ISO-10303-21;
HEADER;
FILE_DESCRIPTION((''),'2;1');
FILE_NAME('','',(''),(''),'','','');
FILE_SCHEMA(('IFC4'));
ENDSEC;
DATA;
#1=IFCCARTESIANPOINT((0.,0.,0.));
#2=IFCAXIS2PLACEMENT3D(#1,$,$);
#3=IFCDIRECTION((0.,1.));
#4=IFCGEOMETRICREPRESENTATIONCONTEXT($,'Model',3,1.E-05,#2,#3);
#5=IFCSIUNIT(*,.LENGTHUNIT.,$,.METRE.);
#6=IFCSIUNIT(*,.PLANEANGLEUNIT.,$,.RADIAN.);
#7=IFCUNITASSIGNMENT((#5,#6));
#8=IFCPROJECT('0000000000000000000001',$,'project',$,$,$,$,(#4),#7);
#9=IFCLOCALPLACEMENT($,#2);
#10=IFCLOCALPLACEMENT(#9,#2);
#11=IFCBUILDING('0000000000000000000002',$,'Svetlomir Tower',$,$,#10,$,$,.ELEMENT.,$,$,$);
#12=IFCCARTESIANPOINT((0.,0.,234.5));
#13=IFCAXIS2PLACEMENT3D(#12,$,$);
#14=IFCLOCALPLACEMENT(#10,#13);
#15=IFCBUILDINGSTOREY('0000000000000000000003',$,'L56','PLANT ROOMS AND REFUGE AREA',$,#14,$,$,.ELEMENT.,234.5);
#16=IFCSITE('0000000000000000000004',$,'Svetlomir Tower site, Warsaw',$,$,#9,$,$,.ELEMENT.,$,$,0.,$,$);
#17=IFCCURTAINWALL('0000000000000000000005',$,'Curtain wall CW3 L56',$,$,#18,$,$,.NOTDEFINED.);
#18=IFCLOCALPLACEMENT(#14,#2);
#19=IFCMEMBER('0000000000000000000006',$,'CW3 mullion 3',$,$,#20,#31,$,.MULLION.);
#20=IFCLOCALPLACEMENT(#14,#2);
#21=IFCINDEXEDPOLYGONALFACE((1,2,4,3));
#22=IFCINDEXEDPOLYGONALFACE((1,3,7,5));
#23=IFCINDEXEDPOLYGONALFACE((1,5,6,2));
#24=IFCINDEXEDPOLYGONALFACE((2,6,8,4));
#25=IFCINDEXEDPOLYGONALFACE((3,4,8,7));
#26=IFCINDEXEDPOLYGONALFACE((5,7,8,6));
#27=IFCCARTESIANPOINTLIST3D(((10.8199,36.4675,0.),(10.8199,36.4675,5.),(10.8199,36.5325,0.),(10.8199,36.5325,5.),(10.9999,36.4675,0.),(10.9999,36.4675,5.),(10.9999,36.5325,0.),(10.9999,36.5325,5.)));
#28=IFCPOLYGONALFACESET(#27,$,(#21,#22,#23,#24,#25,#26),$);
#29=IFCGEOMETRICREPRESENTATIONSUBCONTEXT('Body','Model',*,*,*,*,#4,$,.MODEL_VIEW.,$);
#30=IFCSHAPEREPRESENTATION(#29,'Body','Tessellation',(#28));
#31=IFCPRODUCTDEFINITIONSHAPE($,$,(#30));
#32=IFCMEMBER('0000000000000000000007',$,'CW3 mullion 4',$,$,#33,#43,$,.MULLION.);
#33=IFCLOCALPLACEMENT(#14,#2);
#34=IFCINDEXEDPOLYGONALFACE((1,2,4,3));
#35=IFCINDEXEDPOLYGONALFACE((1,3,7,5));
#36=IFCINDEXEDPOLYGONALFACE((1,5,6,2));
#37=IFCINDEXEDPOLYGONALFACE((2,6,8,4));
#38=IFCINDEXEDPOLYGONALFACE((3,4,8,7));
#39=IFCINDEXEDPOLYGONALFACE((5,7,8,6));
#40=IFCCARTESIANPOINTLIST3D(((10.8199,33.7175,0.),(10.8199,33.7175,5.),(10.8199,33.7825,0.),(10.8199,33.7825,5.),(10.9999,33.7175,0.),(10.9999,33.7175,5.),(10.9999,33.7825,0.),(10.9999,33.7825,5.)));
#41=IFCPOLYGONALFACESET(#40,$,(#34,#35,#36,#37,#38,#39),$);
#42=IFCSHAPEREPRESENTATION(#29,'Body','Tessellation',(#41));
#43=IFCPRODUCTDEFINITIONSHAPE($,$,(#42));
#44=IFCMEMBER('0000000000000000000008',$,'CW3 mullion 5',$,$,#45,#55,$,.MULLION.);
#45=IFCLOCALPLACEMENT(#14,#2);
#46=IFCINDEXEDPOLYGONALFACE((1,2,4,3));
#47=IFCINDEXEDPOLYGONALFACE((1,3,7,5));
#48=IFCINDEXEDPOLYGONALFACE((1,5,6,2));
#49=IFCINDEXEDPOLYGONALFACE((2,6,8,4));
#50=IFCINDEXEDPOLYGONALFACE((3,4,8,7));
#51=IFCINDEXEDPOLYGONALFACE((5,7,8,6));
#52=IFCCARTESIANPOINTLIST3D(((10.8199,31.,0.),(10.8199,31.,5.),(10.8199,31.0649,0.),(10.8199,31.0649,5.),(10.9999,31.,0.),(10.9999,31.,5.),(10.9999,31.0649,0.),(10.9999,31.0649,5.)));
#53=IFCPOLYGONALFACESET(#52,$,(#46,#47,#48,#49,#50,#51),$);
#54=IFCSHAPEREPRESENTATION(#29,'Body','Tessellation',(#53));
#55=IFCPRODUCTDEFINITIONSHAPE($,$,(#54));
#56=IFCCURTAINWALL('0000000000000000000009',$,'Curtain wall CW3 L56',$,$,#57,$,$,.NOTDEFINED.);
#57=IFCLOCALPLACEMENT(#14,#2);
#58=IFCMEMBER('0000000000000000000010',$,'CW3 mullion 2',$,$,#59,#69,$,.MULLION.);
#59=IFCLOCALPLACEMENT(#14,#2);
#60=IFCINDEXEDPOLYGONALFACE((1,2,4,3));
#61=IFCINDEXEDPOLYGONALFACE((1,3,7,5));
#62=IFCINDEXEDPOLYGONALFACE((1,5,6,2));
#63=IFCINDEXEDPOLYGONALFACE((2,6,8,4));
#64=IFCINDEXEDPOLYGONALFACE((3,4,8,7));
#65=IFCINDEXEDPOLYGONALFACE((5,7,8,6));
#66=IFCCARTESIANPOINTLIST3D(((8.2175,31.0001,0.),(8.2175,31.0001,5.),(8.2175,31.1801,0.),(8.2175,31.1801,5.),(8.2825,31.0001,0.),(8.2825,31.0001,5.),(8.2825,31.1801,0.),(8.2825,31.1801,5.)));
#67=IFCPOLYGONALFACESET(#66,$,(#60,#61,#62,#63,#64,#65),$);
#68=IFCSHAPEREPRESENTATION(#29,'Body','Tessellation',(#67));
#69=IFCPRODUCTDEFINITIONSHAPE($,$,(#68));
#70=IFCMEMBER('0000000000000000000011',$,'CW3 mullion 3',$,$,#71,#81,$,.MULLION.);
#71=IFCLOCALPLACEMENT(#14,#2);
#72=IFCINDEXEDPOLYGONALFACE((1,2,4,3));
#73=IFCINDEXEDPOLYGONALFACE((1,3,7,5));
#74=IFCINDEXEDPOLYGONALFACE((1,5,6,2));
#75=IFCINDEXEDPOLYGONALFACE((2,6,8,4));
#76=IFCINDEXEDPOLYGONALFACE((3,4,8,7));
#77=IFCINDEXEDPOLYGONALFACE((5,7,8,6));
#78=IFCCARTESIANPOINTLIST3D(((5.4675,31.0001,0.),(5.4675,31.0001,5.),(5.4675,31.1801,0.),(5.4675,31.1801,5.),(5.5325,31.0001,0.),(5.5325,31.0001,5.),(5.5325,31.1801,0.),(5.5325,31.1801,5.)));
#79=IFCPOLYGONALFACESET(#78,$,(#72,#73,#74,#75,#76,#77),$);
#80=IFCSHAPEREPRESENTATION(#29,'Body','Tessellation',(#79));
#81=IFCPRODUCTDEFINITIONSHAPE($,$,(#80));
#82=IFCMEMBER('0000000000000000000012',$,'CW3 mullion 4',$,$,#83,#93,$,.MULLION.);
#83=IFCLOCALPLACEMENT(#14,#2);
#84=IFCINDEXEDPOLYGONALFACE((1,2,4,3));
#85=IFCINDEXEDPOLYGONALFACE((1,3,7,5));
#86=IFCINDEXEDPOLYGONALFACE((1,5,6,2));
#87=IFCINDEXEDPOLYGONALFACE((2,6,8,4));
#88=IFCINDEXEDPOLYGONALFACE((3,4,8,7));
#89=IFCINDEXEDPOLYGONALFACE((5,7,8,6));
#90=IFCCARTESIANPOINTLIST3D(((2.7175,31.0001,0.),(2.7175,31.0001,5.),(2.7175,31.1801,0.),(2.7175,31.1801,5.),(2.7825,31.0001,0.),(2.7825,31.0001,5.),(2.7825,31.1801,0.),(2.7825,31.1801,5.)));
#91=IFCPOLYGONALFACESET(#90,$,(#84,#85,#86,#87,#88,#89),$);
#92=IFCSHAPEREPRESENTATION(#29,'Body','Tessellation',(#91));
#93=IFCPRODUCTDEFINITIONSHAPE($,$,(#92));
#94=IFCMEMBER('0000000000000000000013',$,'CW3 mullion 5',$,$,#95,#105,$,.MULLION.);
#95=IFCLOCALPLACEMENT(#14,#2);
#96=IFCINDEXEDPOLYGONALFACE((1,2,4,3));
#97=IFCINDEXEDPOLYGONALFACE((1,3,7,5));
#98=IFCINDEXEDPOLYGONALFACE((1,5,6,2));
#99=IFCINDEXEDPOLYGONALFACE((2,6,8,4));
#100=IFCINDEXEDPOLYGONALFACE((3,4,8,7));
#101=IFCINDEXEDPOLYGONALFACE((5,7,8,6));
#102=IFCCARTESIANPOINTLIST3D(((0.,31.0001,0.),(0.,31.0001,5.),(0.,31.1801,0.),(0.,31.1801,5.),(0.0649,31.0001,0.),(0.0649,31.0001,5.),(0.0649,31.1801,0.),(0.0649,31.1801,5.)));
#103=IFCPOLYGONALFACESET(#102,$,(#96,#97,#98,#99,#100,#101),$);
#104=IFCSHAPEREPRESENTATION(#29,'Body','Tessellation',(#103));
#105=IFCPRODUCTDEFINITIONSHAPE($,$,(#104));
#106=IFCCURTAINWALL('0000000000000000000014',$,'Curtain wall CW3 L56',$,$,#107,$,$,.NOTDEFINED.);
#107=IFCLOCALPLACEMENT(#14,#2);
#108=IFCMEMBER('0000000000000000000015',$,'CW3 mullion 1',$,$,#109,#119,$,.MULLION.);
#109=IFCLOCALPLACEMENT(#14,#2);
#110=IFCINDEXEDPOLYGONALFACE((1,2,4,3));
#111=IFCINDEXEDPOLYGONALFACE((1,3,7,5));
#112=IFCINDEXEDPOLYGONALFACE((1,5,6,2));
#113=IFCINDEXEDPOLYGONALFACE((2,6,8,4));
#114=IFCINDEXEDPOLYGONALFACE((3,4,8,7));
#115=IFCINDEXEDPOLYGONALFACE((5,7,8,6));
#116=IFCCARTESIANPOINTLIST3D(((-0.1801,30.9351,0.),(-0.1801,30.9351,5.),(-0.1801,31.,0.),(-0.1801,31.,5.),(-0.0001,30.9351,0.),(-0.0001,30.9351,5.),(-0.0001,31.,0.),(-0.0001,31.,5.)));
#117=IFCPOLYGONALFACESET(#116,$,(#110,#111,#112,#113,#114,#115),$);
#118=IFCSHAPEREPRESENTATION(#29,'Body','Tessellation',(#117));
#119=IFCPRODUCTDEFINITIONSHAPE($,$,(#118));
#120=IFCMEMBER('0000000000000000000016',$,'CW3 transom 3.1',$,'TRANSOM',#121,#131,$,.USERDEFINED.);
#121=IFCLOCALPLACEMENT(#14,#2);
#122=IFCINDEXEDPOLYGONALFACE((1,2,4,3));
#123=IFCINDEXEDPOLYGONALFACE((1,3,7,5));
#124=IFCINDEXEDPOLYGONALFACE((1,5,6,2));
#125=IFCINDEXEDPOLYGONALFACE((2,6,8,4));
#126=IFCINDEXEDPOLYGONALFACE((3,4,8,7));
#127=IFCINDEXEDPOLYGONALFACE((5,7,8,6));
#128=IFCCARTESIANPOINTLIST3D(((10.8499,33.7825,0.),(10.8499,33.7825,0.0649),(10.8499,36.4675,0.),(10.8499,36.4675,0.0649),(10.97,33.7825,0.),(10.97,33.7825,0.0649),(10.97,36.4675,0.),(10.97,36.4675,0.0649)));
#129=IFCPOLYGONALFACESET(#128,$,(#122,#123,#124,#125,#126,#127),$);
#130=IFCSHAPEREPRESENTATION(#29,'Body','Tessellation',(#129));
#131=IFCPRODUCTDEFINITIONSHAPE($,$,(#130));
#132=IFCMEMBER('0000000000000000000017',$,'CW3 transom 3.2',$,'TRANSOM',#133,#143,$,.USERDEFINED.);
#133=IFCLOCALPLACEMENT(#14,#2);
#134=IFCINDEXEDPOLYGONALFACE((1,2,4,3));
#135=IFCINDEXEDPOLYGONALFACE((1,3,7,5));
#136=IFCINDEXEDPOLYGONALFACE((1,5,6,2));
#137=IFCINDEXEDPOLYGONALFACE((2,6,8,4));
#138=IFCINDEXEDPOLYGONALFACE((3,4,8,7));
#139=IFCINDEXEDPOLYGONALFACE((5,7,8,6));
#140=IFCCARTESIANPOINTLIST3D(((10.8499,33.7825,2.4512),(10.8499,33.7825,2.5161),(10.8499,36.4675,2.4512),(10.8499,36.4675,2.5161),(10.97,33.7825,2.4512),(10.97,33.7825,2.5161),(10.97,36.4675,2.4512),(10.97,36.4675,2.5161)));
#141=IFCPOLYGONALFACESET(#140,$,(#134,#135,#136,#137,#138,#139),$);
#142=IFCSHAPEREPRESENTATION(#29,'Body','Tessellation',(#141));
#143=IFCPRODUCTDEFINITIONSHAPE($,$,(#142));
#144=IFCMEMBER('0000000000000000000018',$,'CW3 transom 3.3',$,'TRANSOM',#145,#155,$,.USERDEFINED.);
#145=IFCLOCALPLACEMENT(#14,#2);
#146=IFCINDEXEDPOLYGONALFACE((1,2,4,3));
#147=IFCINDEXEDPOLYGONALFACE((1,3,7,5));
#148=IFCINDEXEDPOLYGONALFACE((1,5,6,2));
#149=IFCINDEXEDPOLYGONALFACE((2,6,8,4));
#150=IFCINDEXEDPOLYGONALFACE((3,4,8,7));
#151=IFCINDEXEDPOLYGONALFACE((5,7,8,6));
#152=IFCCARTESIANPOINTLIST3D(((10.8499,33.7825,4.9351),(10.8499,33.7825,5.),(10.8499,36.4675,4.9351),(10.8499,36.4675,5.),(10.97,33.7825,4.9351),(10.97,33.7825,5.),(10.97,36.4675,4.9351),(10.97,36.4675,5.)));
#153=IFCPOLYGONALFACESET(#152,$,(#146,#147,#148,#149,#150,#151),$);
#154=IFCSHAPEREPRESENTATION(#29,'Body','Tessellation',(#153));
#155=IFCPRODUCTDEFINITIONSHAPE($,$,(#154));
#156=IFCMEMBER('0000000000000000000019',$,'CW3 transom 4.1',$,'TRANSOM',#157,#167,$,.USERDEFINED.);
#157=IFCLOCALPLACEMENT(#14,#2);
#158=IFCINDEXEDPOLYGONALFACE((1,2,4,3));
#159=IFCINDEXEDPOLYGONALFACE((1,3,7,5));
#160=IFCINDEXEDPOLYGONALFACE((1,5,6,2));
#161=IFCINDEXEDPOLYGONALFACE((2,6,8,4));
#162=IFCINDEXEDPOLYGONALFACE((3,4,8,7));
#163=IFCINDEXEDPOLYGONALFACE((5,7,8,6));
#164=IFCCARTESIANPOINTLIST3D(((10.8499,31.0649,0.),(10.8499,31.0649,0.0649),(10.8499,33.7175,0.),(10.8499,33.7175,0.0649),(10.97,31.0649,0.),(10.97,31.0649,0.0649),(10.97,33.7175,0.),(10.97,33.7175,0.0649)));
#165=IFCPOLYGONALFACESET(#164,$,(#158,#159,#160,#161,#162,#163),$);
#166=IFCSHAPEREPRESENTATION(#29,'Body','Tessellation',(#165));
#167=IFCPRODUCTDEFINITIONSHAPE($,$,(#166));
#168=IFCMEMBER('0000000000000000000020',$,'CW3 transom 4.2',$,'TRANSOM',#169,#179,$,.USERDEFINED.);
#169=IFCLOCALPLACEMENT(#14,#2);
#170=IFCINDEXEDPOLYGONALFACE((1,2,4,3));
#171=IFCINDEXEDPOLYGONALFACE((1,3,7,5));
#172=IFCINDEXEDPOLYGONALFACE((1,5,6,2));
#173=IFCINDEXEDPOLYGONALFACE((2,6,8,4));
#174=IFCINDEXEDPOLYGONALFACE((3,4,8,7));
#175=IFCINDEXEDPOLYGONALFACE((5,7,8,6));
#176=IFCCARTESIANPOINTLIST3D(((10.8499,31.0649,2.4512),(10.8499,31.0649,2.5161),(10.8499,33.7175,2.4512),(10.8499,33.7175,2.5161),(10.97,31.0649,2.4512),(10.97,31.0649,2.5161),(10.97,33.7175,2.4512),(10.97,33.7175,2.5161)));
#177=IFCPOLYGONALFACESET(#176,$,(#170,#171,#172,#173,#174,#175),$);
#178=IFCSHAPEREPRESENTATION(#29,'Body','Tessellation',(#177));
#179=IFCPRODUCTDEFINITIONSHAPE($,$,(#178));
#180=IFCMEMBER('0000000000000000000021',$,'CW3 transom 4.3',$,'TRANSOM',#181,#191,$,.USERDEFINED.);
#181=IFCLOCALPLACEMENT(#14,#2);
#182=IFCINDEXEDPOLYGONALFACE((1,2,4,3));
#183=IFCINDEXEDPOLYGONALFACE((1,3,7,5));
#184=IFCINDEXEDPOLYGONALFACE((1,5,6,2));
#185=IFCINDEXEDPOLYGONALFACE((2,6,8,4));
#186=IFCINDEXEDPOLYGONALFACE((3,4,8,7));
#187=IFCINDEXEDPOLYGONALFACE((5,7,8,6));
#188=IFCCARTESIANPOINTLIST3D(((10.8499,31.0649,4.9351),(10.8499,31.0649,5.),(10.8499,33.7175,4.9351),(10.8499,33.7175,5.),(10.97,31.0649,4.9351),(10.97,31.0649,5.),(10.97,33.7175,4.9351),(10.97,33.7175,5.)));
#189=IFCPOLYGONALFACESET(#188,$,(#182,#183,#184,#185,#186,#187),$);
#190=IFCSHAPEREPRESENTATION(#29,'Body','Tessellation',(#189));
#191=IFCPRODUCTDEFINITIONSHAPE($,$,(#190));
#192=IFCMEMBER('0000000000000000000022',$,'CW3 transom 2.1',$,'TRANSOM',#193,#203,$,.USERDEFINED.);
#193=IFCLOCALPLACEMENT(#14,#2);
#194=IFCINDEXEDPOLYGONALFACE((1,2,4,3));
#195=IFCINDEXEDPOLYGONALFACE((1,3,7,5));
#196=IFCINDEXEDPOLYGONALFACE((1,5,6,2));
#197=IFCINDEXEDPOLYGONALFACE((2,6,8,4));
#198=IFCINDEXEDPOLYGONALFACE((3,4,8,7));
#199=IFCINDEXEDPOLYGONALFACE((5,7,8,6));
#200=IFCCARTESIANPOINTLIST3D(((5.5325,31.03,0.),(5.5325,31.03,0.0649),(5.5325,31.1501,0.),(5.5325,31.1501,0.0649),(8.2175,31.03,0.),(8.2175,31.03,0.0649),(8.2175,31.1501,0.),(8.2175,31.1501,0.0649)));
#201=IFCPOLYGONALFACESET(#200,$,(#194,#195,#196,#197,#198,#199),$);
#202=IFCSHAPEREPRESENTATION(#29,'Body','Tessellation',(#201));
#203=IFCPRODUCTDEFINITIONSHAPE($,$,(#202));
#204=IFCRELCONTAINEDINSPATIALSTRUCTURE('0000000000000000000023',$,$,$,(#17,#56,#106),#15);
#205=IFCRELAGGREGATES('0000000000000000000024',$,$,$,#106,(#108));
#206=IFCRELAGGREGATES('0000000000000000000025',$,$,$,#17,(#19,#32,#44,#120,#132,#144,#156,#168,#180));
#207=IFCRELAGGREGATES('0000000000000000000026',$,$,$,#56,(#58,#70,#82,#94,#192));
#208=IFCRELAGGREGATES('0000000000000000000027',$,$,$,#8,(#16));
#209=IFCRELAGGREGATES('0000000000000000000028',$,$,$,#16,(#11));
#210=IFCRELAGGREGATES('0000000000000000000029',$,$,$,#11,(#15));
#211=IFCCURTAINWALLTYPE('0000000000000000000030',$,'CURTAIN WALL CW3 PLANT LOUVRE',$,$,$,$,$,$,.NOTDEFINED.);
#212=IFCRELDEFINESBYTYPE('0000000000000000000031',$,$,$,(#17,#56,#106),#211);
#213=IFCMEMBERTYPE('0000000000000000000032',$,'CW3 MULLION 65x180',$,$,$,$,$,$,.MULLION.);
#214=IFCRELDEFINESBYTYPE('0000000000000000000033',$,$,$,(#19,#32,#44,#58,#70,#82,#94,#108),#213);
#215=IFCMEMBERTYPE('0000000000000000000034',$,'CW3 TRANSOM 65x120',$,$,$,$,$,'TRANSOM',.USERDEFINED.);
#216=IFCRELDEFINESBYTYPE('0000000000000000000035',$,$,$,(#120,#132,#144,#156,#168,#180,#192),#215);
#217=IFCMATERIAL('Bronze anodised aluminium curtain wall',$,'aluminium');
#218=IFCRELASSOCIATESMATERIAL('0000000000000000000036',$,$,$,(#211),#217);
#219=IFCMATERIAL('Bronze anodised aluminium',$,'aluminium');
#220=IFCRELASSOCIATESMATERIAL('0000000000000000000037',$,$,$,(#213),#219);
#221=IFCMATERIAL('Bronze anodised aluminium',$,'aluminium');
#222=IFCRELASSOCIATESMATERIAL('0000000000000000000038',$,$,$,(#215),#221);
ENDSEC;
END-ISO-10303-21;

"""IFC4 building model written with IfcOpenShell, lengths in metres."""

from ifc_helpers import new_model, si_unit, direction, frame, origin, origin_2d, place, context, subcontext, project, spatial, rectangle, extrude, material, material_profile, profile_set, type_object, element, aggregate, save


model = new_model("IFC4")

# Units and contexts
model_context = context("Model", 3, precision=1e-05, world=origin(), true_north=direction((0.0, 1.0)))
body_context = subcontext(model_context, "Body", "Model", "MODEL_VIEW")
ifc_project = project(units=[si_unit("LENGTHUNIT", "METRE"), si_unit("PLANEANGLEUNIT", "RADIAN")], contexts=[model_context])

# Site, building, storey
site_placement = place(None, origin())
site = spatial("IfcSite", under=ifc_project, at=site_placement, Name="Svetlomir Tower site, Warsaw", CompositionType="ELEMENT", RefElevation=0.0)
building_placement = place(site_placement, origin())
building = spatial("IfcBuilding", under=site, at=building_placement, Name="Svetlomir Tower", CompositionType="ELEMENT")
storey_placement = place(building_placement, frame((0.0, 0.0, 234.5)))
storey = spatial("IfcBuildingStorey", under=building, at=storey_placement, Name="L56", Description="PLANT ROOMS AND REFUGE AREA", CompositionType="ELEMENT", Elevation=234.5)

# Curtain walls, members
ifc_material_1 = material(Name="Bronze anodised aluminium curtain wall", Category="aluminium")
curtain_wall_type = type_object("IfcCurtainWallType", Name="CURTAIN WALL CW3 PLANT LOUVRE", PredefinedType="NOTDEFINED", material=ifc_material_1)
curtain_wall_1_placement = place(storey_placement, origin())
curtain_wall_1 = element("IfcCurtainWall", 1, at=curtain_wall_1_placement, inside=storey, type_object=curtain_wall_type, Name="Curtain wall CW3 L56", PredefinedType="NOTDEFINED")
ifc_material_2 = material(Name="Bronze anodised aluminium", Category="aluminium")
ifc_material_profile_1 = material_profile(ifc_material_2, rectangle(XDim=0.0649, YDim=0.1799, at=origin_2d()), Name="AL 65x180")
ifc_profile_set_1 = profile_set([ifc_material_profile_1], Name="Bronze anodised aluminium 6063-T6")
member_type_1 = type_object("IfcMemberType", Name="CW3 MULLION 65x180", PredefinedType="MULLION", material=ifc_profile_set_1)
member_1_placement = place(storey_placement, frame((10.9099, 36.5, 0.0), z_axis=(0.0, 0.0, 1.0), x_axis=(0.0, -1.0, 0.0)))
member_1 = element("IfcMember", 2, at=member_1_placement, type_object=member_type_1, Name="CW3 mullion 3", PredefinedType="MULLION", context=body_context, shape_type="SweptSolid", body=[
    extrude(rectangle(XDim=0.0649, YDim=0.1799, at=origin_2d()), origin(), (0.0, 0.0, 1.0), 5.0),
])
member_2_placement = place(storey_placement, frame((10.9099, 33.75, 0.0), z_axis=(0.0, 0.0, 1.0), x_axis=(0.0, -1.0, 0.0)))
member_2 = element("IfcMember", 3, at=member_2_placement, type_object=member_type_1, Name="CW3 mullion 4", PredefinedType="MULLION", context=body_context, shape_type="SweptSolid", body=[
    extrude(rectangle(XDim=0.0649, YDim=0.1799, at=origin_2d()), origin(), (0.0, 0.0, 1.0), 5.0),
])
member_3_placement = place(storey_placement, frame((10.9099, 31.0325, 0.0), z_axis=(0.0, 0.0, 1.0), x_axis=(0.0, -1.0, 0.0)))
member_3 = element("IfcMember", 4, at=member_3_placement, type_object=member_type_1, Name="CW3 mullion 5", PredefinedType="MULLION", context=body_context, shape_type="SweptSolid", body=[
    extrude(rectangle(XDim=0.0649, YDim=0.1799, at=origin_2d()), origin(), (0.0, 0.0, 1.0), 5.0),
])
curtain_wall_2_placement = place(storey_placement, origin())
curtain_wall_2 = element("IfcCurtainWall", 5, at=curtain_wall_2_placement, inside=storey, type_object=curtain_wall_type, Name="Curtain wall CW3 L56", PredefinedType="NOTDEFINED")
member_4_placement = place(storey_placement, frame((8.25, 31.0901, 0.0), z_axis=(0.0, 0.0, 1.0), x_axis=(-1.0, 0.0, 0.0)))
member_4 = element("IfcMember", 6, at=member_4_placement, type_object=member_type_1, Name="CW3 mullion 2", PredefinedType="MULLION", context=body_context, shape_type="SweptSolid", body=[
    extrude(rectangle(XDim=0.0649, YDim=0.1799, at=origin_2d()), origin(), (0.0, 0.0, 1.0), 5.0),
])
member_5_placement = place(storey_placement, frame((5.5, 31.0901, 0.0), z_axis=(0.0, 0.0, 1.0), x_axis=(-1.0, 0.0, 0.0)))
member_5 = element("IfcMember", 7, at=member_5_placement, type_object=member_type_1, Name="CW3 mullion 3", PredefinedType="MULLION", context=body_context, shape_type="SweptSolid", body=[
    extrude(rectangle(XDim=0.0649, YDim=0.1799, at=origin_2d()), origin(), (0.0, 0.0, 1.0), 5.0),
])
member_6_placement = place(storey_placement, frame((2.75, 31.0901, 0.0), z_axis=(0.0, 0.0, 1.0), x_axis=(-1.0, 0.0, 0.0)))
member_6 = element("IfcMember", 8, at=member_6_placement, type_object=member_type_1, Name="CW3 mullion 4", PredefinedType="MULLION", context=body_context, shape_type="SweptSolid", body=[
    extrude(rectangle(XDim=0.0649, YDim=0.1799, at=origin_2d()), origin(), (0.0, 0.0, 1.0), 5.0),
])
member_7_placement = place(storey_placement, frame((0.0325, 31.0901, 0.0), z_axis=(0.0, 0.0, 1.0), x_axis=(-1.0, 0.0, 0.0)))
member_7 = element("IfcMember", 9, at=member_7_placement, type_object=member_type_1, Name="CW3 mullion 5", PredefinedType="MULLION", context=body_context, shape_type="SweptSolid", body=[
    extrude(rectangle(XDim=0.0649, YDim=0.1799, at=origin_2d()), origin(), (0.0, 0.0, 1.0), 5.0),
])

# Curtain wall, member
curtain_wall_3_placement = place(storey_placement, origin())
curtain_wall_3 = element("IfcCurtainWall", 10, at=curtain_wall_3_placement, inside=storey, type_object=curtain_wall_type, Name="Curtain wall CW3 L56", PredefinedType="NOTDEFINED")
member_8_placement = place(storey_placement, frame((-0.0901, 30.9675, 0.0), z_axis=(0.0, 0.0, 1.0), x_axis=(0.0, -1.0, 0.0)))
member_8 = element("IfcMember", 11, at=member_8_placement, type_object=member_type_1, Name="CW3 mullion 1", PredefinedType="MULLION", context=body_context, shape_type="SweptSolid", body=[
    extrude(rectangle(XDim=0.0649, YDim=0.1799, at=origin_2d()), origin(), (0.0, 0.0, 1.0), 5.0),
])
aggregate(curtain_wall_3, [member_8])

# Members
ifc_material_3 = material(Name="Bronze anodised aluminium", Category="aluminium")
ifc_material_profile_2 = material_profile(ifc_material_3, rectangle(XDim=0.1201, YDim=0.0649, at=origin_2d()), Name="AL 120x65")
ifc_profile_set_2 = profile_set([ifc_material_profile_2], Name="Bronze anodised aluminium 6063-T6")
member_type_2 = type_object("IfcMemberType", Name="CW3 TRANSOM 65x120", ElementType="TRANSOM", PredefinedType="USERDEFINED", material=ifc_profile_set_2)
member_9_placement = place(storey_placement, frame((10.9099, 36.4675, 0.0325), z_axis=(0.0, -1.0, 0.0), x_axis=(1.0, 0.0, 0.0)))
member_9 = element("IfcMember", 12, at=member_9_placement, type_object=member_type_2, Name="CW3 transom 3.1", ObjectType="TRANSOM", PredefinedType="USERDEFINED", context=body_context, shape_type="SweptSolid", body=[
    extrude(rectangle(XDim=0.1201, YDim=0.0649, at=origin_2d()), origin(), (0.0, 0.0, 1.0), 2.6851),
])
member_10_placement = place(storey_placement, frame((10.9099, 36.4675, 2.4836), z_axis=(0.0, -1.0, 0.0), x_axis=(1.0, 0.0, 0.0)))
member_10 = element("IfcMember", 13, at=member_10_placement, type_object=member_type_2, Name="CW3 transom 3.2", ObjectType="TRANSOM", PredefinedType="USERDEFINED", context=body_context, shape_type="SweptSolid", body=[
    extrude(rectangle(XDim=0.1201, YDim=0.0649, at=origin_2d()), origin(), (0.0, 0.0, 1.0), 2.6851),
])
member_11_placement = place(storey_placement, frame((10.9099, 36.4675, 4.9675), z_axis=(0.0, -1.0, 0.0), x_axis=(1.0, 0.0, 0.0)))
member_11 = element("IfcMember", 14, at=member_11_placement, type_object=member_type_2, Name="CW3 transom 3.3", ObjectType="TRANSOM", PredefinedType="USERDEFINED", context=body_context, shape_type="SweptSolid", body=[
    extrude(rectangle(XDim=0.1201, YDim=0.0649, at=origin_2d()), origin(), (0.0, 0.0, 1.0), 2.6851),
])
member_12_placement = place(storey_placement, frame((10.9099, 33.7175, 0.0325), z_axis=(0.0, -1.0, 0.0), x_axis=(1.0, 0.0, 0.0)))
member_12 = element("IfcMember", 15, at=member_12_placement, type_object=member_type_2, Name="CW3 transom 4.1", ObjectType="TRANSOM", PredefinedType="USERDEFINED", context=body_context, shape_type="SweptSolid", body=[
    extrude(rectangle(XDim=0.1201, YDim=0.0649, at=origin_2d()), origin(), (0.0, 0.0, 1.0), 2.6526),
])
member_13_placement = place(storey_placement, frame((10.9099, 33.7175, 2.4836), z_axis=(0.0, -1.0, 0.0), x_axis=(1.0, 0.0, 0.0)))
member_13 = element("IfcMember", 16, at=member_13_placement, type_object=member_type_2, Name="CW3 transom 4.2", ObjectType="TRANSOM", PredefinedType="USERDEFINED", context=body_context, shape_type="SweptSolid", body=[
    extrude(rectangle(XDim=0.1201, YDim=0.0649, at=origin_2d()), origin(), (0.0, 0.0, 1.0), 2.6526),
])
member_14_placement = place(storey_placement, frame((10.9099, 33.7175, 4.9675), z_axis=(0.0, -1.0, 0.0), x_axis=(1.0, 0.0, 0.0)))
member_14 = element("IfcMember", 17, at=member_14_placement, type_object=member_type_2, Name="CW3 transom 4.3", ObjectType="TRANSOM", PredefinedType="USERDEFINED", context=body_context, shape_type="SweptSolid", body=[
    extrude(rectangle(XDim=0.1201, YDim=0.0649, at=origin_2d()), origin(), (0.0, 0.0, 1.0), 2.6526),
])
member_15_placement = place(storey_placement, frame((8.2175, 31.0901, 0.0325), z_axis=(-1.0, 0.0, 0.0), x_axis=(0.0, -1.0, 0.0)))
member_15 = element("IfcMember", 18, at=member_15_placement, type_object=member_type_2, Name="CW3 transom 2.1", ObjectType="TRANSOM", PredefinedType="USERDEFINED", context=body_context, shape_type="SweptSolid", body=[
    extrude(rectangle(XDim=0.1201, YDim=0.0649, at=origin_2d()), origin(), (0.0, 0.0, 1.0), 2.6851),
])

aggregate(curtain_wall_1, [member_1, member_2, member_3, member_9, member_10, member_11, member_12, member_13, member_14])
aggregate(curtain_wall_2, [member_4, member_5, member_6, member_7, member_15])

save(model, "model.ifc")
